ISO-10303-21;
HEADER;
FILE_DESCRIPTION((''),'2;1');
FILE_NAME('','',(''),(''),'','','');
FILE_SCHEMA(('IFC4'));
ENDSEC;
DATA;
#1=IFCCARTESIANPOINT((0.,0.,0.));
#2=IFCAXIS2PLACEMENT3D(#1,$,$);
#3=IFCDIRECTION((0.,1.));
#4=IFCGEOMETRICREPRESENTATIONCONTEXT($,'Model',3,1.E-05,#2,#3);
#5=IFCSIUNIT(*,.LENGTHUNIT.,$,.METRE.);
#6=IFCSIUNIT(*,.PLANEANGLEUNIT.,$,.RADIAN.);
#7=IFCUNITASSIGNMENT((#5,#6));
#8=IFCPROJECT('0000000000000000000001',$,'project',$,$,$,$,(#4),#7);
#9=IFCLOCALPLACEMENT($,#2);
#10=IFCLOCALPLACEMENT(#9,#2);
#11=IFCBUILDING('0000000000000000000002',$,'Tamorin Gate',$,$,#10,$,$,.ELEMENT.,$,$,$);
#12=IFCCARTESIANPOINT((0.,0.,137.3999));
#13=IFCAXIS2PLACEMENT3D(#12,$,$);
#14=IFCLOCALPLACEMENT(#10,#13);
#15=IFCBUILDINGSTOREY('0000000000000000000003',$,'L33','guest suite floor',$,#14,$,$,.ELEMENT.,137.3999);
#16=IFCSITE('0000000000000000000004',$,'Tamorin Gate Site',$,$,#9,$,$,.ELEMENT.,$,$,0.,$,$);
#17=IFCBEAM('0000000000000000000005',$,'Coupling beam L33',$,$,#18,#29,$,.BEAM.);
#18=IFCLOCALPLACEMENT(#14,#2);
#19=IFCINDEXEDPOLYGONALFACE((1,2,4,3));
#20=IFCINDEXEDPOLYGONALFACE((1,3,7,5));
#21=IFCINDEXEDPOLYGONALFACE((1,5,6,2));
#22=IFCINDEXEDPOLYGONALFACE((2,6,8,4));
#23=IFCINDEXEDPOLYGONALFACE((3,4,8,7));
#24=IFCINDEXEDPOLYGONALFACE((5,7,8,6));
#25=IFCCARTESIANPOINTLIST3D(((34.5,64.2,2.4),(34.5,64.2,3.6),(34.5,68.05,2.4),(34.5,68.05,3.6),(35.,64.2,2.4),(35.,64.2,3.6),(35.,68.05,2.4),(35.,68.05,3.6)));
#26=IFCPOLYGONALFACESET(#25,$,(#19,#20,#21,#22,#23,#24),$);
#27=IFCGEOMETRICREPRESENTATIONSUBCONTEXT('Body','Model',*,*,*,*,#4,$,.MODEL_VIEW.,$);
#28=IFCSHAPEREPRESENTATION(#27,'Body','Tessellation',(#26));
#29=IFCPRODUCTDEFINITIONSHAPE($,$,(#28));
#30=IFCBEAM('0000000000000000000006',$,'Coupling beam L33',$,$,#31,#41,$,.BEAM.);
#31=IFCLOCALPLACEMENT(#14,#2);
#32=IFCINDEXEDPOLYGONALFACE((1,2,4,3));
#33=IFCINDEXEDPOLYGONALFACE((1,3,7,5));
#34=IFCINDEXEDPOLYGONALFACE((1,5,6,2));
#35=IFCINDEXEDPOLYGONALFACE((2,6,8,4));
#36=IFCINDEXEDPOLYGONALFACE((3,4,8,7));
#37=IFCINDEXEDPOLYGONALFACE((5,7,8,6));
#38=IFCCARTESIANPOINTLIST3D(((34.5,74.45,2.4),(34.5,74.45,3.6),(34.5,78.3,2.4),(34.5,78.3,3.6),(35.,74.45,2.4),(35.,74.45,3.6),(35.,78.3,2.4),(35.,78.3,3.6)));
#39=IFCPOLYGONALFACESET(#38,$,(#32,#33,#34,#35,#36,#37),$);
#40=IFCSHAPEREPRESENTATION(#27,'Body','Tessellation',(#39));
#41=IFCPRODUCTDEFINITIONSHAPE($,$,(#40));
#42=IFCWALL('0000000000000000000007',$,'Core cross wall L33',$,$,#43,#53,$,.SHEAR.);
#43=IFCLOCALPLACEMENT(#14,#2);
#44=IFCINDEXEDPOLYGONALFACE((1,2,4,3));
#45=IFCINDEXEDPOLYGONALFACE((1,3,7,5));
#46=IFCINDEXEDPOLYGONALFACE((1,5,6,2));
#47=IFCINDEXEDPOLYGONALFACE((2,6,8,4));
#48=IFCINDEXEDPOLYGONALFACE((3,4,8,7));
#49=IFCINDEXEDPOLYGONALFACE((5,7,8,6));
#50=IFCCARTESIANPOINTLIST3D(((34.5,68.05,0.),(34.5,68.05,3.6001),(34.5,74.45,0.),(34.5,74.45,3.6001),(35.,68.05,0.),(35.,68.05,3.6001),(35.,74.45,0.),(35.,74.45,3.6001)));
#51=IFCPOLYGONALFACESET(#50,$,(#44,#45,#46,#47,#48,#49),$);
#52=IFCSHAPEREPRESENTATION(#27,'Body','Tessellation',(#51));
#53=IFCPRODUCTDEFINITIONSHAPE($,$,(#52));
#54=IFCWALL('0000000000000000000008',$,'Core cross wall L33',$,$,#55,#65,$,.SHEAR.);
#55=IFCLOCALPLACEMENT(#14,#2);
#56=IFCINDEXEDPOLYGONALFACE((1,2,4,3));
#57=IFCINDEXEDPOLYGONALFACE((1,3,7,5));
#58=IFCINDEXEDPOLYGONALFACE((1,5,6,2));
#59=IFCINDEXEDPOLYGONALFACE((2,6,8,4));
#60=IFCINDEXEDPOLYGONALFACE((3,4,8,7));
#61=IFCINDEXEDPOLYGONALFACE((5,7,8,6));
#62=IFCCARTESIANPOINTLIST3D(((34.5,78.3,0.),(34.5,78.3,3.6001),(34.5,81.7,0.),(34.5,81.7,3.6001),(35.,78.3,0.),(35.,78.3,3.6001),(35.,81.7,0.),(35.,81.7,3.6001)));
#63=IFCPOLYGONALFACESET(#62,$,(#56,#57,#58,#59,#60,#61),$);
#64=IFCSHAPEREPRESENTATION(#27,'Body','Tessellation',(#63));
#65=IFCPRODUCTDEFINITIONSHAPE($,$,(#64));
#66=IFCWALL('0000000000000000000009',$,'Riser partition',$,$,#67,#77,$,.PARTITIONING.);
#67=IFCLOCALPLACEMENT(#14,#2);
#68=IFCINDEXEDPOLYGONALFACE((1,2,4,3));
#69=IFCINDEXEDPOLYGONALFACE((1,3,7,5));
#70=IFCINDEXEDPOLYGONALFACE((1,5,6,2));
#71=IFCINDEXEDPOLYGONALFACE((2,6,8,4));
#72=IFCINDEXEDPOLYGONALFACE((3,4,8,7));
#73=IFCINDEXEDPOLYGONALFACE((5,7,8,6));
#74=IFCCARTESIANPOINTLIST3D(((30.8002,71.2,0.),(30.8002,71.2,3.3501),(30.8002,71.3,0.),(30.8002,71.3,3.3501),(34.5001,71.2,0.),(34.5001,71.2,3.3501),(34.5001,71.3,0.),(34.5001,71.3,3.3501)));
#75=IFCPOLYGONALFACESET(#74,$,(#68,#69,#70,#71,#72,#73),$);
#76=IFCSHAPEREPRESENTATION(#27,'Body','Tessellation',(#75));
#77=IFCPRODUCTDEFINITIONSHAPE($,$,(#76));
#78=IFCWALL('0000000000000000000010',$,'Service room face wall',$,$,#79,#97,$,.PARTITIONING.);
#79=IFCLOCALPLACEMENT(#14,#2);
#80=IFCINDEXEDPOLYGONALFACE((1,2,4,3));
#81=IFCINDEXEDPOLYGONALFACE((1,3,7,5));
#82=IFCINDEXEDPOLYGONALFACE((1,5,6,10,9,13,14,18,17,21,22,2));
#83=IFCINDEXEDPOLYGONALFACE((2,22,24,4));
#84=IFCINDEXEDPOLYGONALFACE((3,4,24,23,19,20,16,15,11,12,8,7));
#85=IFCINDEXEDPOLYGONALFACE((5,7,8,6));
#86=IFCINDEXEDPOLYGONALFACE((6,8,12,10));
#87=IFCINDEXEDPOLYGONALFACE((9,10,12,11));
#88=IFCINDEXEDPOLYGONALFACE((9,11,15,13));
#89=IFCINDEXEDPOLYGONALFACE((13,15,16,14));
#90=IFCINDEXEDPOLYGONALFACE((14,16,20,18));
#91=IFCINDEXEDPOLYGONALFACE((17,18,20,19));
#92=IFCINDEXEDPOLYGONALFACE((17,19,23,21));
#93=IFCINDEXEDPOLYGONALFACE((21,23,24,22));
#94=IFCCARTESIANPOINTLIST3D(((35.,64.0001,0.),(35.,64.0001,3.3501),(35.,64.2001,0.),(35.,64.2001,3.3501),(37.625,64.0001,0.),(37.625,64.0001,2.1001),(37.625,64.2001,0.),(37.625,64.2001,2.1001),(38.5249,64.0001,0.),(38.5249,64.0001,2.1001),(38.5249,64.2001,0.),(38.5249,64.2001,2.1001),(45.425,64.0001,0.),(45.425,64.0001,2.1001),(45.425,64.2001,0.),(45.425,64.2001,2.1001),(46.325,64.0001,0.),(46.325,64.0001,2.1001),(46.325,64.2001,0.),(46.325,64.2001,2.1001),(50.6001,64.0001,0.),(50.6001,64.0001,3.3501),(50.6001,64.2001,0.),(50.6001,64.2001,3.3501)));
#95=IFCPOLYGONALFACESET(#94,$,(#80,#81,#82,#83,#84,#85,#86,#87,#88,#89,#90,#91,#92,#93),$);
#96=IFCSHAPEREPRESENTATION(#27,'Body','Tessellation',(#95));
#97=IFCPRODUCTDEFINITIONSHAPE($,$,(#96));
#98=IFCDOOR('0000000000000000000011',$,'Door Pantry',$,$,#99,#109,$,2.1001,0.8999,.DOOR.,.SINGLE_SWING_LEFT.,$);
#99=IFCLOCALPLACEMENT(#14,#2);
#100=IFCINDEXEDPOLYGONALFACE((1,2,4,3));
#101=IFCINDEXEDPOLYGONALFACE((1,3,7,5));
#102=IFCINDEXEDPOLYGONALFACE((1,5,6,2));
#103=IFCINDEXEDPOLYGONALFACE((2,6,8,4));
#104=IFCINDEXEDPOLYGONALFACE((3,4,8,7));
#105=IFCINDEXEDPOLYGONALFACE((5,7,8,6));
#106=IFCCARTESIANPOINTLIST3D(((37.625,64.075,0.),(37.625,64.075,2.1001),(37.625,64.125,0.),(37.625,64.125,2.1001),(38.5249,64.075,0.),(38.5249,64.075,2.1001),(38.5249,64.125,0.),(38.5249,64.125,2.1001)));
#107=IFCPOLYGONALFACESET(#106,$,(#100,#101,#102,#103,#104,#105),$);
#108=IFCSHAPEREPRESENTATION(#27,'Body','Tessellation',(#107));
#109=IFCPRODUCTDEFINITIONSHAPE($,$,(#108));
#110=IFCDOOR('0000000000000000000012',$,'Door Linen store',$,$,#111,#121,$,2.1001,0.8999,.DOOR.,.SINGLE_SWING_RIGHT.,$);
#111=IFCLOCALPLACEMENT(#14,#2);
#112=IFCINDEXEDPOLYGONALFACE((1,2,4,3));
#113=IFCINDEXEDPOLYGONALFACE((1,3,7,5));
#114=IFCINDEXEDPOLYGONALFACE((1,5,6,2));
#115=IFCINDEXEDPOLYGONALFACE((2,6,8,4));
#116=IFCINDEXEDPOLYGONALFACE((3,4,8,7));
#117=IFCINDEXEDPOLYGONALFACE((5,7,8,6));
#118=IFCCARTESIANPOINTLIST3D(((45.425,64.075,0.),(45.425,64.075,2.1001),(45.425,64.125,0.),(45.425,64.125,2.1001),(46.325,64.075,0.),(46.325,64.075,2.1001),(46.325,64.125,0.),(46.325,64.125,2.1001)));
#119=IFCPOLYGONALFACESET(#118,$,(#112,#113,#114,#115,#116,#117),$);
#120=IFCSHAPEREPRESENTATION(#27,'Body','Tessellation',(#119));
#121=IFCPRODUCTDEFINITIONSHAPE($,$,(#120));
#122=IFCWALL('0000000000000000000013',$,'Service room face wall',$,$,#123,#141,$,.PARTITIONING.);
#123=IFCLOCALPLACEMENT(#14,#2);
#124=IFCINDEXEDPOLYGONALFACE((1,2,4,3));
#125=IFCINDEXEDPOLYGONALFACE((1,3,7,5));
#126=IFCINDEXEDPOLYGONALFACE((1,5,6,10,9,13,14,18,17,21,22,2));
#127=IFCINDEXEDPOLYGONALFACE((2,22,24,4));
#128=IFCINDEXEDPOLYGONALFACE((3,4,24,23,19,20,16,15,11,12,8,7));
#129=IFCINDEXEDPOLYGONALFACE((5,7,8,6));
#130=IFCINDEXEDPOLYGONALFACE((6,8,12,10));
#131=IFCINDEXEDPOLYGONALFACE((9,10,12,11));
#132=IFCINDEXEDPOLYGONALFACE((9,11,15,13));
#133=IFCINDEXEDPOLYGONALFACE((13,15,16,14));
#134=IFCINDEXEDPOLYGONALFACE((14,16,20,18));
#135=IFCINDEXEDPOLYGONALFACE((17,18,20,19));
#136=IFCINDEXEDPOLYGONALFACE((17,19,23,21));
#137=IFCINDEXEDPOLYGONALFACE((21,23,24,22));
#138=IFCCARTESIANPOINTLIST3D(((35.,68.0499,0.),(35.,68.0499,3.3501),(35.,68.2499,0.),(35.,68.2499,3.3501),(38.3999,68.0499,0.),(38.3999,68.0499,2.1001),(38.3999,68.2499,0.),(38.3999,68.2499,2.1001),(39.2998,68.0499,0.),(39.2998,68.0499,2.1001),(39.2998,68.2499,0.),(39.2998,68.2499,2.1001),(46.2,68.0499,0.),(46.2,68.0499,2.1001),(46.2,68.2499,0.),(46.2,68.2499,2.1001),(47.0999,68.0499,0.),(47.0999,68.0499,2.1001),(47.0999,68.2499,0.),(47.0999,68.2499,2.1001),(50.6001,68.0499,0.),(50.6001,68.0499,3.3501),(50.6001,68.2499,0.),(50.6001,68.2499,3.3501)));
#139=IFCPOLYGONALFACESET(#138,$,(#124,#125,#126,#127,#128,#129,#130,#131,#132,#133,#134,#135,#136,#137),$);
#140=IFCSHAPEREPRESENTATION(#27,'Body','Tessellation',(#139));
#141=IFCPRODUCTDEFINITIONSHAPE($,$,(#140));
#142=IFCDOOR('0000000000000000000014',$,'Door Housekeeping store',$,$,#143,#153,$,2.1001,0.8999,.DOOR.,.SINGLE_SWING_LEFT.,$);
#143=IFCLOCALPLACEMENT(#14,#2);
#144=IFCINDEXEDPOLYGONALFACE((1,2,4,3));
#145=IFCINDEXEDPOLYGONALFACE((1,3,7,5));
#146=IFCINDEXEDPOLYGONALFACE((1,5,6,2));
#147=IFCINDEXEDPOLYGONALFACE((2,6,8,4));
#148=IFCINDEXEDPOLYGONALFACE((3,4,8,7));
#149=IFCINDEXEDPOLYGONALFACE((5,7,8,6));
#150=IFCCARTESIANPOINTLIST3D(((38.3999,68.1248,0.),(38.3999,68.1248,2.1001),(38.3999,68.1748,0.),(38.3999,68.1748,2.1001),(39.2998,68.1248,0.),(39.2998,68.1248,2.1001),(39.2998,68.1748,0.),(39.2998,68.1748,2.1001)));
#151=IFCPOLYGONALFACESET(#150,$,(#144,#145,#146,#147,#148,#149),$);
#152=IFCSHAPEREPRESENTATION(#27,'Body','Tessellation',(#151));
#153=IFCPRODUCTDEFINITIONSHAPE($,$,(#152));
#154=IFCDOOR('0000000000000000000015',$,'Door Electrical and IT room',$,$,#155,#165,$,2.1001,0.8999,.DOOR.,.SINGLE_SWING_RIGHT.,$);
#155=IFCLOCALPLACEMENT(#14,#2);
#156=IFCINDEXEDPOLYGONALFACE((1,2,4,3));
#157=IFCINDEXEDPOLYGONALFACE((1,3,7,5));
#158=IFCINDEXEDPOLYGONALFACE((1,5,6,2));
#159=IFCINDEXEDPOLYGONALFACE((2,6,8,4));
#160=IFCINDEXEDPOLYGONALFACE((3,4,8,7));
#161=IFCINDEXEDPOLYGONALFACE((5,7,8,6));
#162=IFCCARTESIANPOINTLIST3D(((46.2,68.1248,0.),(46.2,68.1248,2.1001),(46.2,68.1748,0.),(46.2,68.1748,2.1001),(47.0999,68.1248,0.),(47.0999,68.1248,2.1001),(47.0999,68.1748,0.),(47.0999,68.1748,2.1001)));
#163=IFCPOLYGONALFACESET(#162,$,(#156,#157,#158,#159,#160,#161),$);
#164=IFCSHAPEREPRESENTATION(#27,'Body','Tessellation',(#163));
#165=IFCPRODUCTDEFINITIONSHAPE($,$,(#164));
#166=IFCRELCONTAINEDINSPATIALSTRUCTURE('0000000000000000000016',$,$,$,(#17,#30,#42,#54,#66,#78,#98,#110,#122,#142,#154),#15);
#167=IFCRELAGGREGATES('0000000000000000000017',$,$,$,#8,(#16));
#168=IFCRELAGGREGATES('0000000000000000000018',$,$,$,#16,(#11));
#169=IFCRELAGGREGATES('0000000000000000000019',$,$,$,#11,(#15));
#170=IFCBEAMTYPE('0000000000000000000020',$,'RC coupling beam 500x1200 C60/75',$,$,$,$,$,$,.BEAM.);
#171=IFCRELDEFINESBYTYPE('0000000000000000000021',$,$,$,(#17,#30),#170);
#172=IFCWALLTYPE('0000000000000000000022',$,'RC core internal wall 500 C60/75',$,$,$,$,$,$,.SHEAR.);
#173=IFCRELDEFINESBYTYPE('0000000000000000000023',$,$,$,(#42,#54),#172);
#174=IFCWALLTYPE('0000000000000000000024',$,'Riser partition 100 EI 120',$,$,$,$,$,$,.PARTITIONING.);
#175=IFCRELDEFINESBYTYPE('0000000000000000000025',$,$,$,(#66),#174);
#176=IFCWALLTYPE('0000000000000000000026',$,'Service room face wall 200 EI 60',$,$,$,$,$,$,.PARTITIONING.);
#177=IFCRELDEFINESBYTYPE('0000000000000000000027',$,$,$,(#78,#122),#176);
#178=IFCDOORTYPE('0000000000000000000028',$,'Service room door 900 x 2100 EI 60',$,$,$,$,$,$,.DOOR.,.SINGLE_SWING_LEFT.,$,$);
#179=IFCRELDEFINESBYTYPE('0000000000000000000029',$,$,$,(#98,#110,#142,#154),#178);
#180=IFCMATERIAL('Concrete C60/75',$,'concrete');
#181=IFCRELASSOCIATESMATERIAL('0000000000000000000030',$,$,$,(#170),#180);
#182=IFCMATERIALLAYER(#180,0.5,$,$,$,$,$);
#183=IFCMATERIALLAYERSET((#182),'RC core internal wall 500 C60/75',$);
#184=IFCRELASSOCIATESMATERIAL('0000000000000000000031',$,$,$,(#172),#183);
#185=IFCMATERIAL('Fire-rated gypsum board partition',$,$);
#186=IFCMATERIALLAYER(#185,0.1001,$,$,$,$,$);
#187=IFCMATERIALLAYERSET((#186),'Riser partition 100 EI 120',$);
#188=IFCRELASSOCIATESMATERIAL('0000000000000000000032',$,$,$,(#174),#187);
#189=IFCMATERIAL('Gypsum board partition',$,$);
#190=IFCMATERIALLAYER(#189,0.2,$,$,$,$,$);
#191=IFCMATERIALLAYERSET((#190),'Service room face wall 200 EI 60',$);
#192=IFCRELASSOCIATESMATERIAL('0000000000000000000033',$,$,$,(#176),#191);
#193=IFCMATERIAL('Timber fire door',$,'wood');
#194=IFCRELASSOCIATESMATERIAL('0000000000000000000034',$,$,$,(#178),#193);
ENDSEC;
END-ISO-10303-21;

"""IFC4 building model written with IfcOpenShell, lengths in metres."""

from ifc_helpers import new_model, si_unit, direction, frame, frame_2d, origin, origin_2d, place, context, subcontext, project, spatial, rectangle, extrude, material, layer, layer_set, material_profile, profile_set, type_object, element, fill, save


model = new_model("IFC4")

# Units and contexts
model_context = context("Model", 3, precision=1e-05, world=origin(), true_north=direction((0.0, 1.0)))
body_context = subcontext(model_context, "Body", "Model", "MODEL_VIEW")
ifc_project = project(units=[si_unit("LENGTHUNIT", "METRE"), si_unit("PLANEANGLEUNIT", "RADIAN")], contexts=[model_context])

# Site, building, storey
site_placement = place(None, origin())
site = spatial("IfcSite", under=ifc_project, at=site_placement, Name="Tamorin Gate Site", CompositionType="ELEMENT", RefElevation=0.0)
building_placement = place(site_placement, origin())
building = spatial("IfcBuilding", under=site, at=building_placement, Name="Tamorin Gate", CompositionType="ELEMENT")
storey_placement = place(building_placement, frame((0.0, 0.0, 137.3999)))
storey = spatial("IfcBuildingStorey", under=building, at=storey_placement, Name="L33", Description="guest suite floor", CompositionType="ELEMENT", Elevation=137.3999)

# Beams
ifc_material_1 = material(Name="Concrete C60/75", Category="concrete")
ifc_material_profile = material_profile(ifc_material_1, rectangle(XDim=0.5, YDim=1.2, at=origin_2d()), Name="RC 500x1200")
ifc_profile_set = profile_set([ifc_material_profile], Name="Concrete C60/75")
beam_type = type_object("IfcBeamType", Name="RC coupling beam 500x1200 C60/75", PredefinedType="BEAM", material=ifc_profile_set)
for number, where, z_axis, x_axis, name in (
    (1, (34.75, 64.2, 3.0), (0.0, 1.0, 0.0), (-1.0, 0.0, 0.0), "Coupling beam L33"),
    (2, (34.75, 74.45, 3.0), (0.0, 1.0, 0.0), (-1.0, 0.0, 0.0), "Coupling beam L33"),
):
    element("IfcBeam", number, at=place(storey_placement, frame(where, z_axis=z_axis, x_axis=x_axis)), inside=storey, type_object=beam_type, Name=name, PredefinedType="BEAM", context=body_context, shape_type="SweptSolid", body=[
        extrude(rectangle(XDim=0.5, YDim=1.2, at=origin_2d()), origin(), (0.0, 0.0, 1.0), 3.8501),
    ])

# Walls
ifc_layer_1 = layer(ifc_material_1, 0.5)
ifc_layer_set_1 = layer_set([ifc_layer_1], Name="RC core internal wall 500 C60/75")
wall_type_1 = type_object("IfcWallType", Name="RC core internal wall 500 C60/75", PredefinedType="SHEAR", material=ifc_layer_set_1)
wall_1_placement = place(storey_placement, frame((34.75, 68.05, 0.0), z_axis=(0.0, 0.0, 1.0), x_axis=(0.0, 1.0, 0.0)))
element("IfcWall", 3, at=wall_1_placement, inside=storey, type_object=wall_type_1, Name="Core cross wall L33", PredefinedType="SHEAR", context=body_context, shape_type="SweptSolid", body=[
    extrude(rectangle(XDim=6.3999, YDim=0.5, at=frame_2d((3.2, 0.0))), origin(), (0.0, 0.0, 1.0), 3.6001),
])
wall_2_placement = place(storey_placement, frame((34.75, 78.3, 0.0), z_axis=(0.0, 0.0, 1.0), x_axis=(0.0, 1.0, 0.0)))
element("IfcWall", 4, at=wall_2_placement, inside=storey, type_object=wall_type_1, Name="Core cross wall L33", PredefinedType="SHEAR", context=body_context, shape_type="SweptSolid", body=[
    extrude(rectangle(XDim=3.3999, YDim=0.5, at=frame_2d((1.7, 0.0))), origin(), (0.0, 0.0, 1.0), 3.6001),
])
ifc_material_2 = material(Name="Fire-rated gypsum board partition")
ifc_layer_2 = layer(ifc_material_2, 0.1001)
ifc_layer_set_2 = layer_set([ifc_layer_2], Name="Riser partition 100 EI 120")
wall_type_2 = type_object("IfcWallType", Name="Riser partition 100 EI 120", PredefinedType="PARTITIONING", material=ifc_layer_set_2)
wall_3_placement = place(storey_placement, frame((30.8, 71.25, 0.0), z_axis=(0.0, 0.0, 1.0), x_axis=(1.0, 0.0, 0.0)))
element("IfcWall", 5, at=wall_3_placement, inside=storey, type_object=wall_type_2, Name="Riser partition", PredefinedType="PARTITIONING", context=body_context, shape_type="SweptSolid", body=[
    extrude(rectangle(XDim=3.7, YDim=0.1001, at=frame_2d((1.8501, 0.0))), origin(), (0.0, 0.0, 1.0), 3.3501),
])

# Walls, openings, doors
ifc_material_3 = material(Name="Gypsum board partition")
ifc_layer_3 = layer(ifc_material_3, 0.2)
ifc_layer_set_3 = layer_set([ifc_layer_3], Name="Service room face wall 200 EI 60")
wall_type_3 = type_object("IfcWallType", Name="Service room face wall 200 EI 60", PredefinedType="PARTITIONING", material=ifc_layer_set_3)
wall_4_placement = place(storey_placement, frame((35.0, 64.1001, 0.0), z_axis=(0.0, 0.0, 1.0), x_axis=(1.0, 0.0, 0.0)))
wall_4 = element("IfcWall", 6, at=wall_4_placement, inside=storey, type_object=wall_type_3, Name="Service room face wall", PredefinedType="PARTITIONING", context=body_context, shape_type="SweptSolid", body=[
    extrude(rectangle(XDim=15.6001, YDim=0.2, at=frame_2d((7.8, 0.0))), origin(), (0.0, 0.0, 1.0), 3.3501),
])
opening_1_placement = place(wall_4_placement, frame((2.625, 0.0, 0.0)))
opening_1 = element("IfcOpeningElement", 7, at=opening_1_placement, cuts=wall_4, PredefinedType="OPENING", context=body_context, shape_type="SweptSolid", body=[
    extrude(rectangle(XDim=0.8999, YDim=2.1001, at=frame_2d((0.45, 1.05))), frame((0.0, 0.1099, 0.0), z_axis=(0.0, -1.0, 0.0), x_axis=(1.0, 0.0, 0.0)), (0.0, 0.0, 1.0), 0.22),
])
opening_2_placement = place(wall_4_placement, frame((10.425, 0.0, 0.0)))
opening_2 = element("IfcOpeningElement", 8, at=opening_2_placement, cuts=wall_4, PredefinedType="OPENING", context=body_context, shape_type="SweptSolid", body=[
    extrude(rectangle(XDim=0.8999, YDim=2.1001, at=frame_2d((0.45, 1.05))), frame((0.0, 0.1099, 0.0), z_axis=(0.0, -1.0, 0.0), x_axis=(1.0, 0.0, 0.0)), (0.0, 0.0, 1.0), 0.22),
])
ifc_material_4 = material(Name="Timber fire door", Category="wood")
door_type_1 = type_object("IfcDoorType", Name="Service room door 900 x 2100 EI 60", OperationType="SINGLE_SWING_LEFT", PredefinedType="DOOR", material=ifc_material_4)
door_1_placement = place(opening_1_placement, origin())
door_1 = element("IfcDoor", 9, at=door_1_placement, inside=storey, type_object=door_type_1, Name="Door Pantry", OperationType="SINGLE_SWING_LEFT", OverallHeight=2.1001, OverallWidth=0.8999, PredefinedType="DOOR", context=body_context, shape_type="SweptSolid", body=[
    extrude(rectangle(XDim=0.8999, YDim=2.1001, at=frame_2d((0.45, 1.05))), frame((0.0, 0.0249, 0.0), z_axis=(0.0, -1.0, 0.0), x_axis=(1.0, 0.0, 0.0)), (0.0, 0.0, 1.0), 0.05),
])
fill(opening_1, door_1)
door_2_placement = place(opening_2_placement, origin())
door_2 = element("IfcDoor", 10, at=door_2_placement, inside=storey, type_object=door_type_1, Name="Door Linen store", OperationType="SINGLE_SWING_RIGHT", OverallHeight=2.1001, OverallWidth=0.8999, PredefinedType="DOOR", context=body_context, shape_type="SweptSolid", body=[
    extrude(rectangle(XDim=0.8999, YDim=2.1001, at=frame_2d((0.45, 1.05))), frame((0.0, 0.0249, 0.0), z_axis=(0.0, -1.0, 0.0), x_axis=(1.0, 0.0, 0.0)), (0.0, 0.0, 1.0), 0.05),
])
fill(opening_2, door_2)
wall_5_placement = place(storey_placement, frame((35.0, 68.1499, 0.0), z_axis=(0.0, 0.0, 1.0), x_axis=(1.0, 0.0, 0.0)))
wall_5 = element("IfcWall", 11, at=wall_5_placement, inside=storey, type_object=wall_type_3, Name="Service room face wall", PredefinedType="PARTITIONING", context=body_context, shape_type="SweptSolid", body=[
    extrude(rectangle(XDim=15.6001, YDim=0.2, at=frame_2d((7.8, 0.0))), origin(), (0.0, 0.0, 1.0), 3.3501),
])
opening_3_placement = place(wall_5_placement, frame((3.3999, 0.0, 0.0)))
opening_3 = element("IfcOpeningElement", 12, at=opening_3_placement, cuts=wall_5, PredefinedType="OPENING", context=body_context, shape_type="SweptSolid", body=[
    extrude(rectangle(XDim=0.8999, YDim=2.1001, at=frame_2d((0.45, 1.05))), frame((0.0, 0.1099, 0.0), z_axis=(0.0, -1.0, 0.0), x_axis=(1.0, 0.0, 0.0)), (0.0, 0.0, 1.0), 0.22),
])
opening_4_placement = place(wall_5_placement, frame((11.2, 0.0, 0.0)))
opening_4 = element("IfcOpeningElement", 13, at=opening_4_placement, cuts=wall_5, PredefinedType="OPENING", context=body_context, shape_type="SweptSolid", body=[
    extrude(rectangle(XDim=0.8999, YDim=2.1001, at=frame_2d((0.45, 1.05))), frame((0.0, 0.1099, 0.0), z_axis=(0.0, -1.0, 0.0), x_axis=(1.0, 0.0, 0.0)), (0.0, 0.0, 1.0), 0.22),
])
door_3_placement = place(opening_3_placement, origin())
door_3 = element("IfcDoor", 14, at=door_3_placement, inside=storey, type_object=door_type_1, Name="Door Housekeeping store", OperationType="SINGLE_SWING_LEFT", OverallHeight=2.1001, OverallWidth=0.8999, PredefinedType="DOOR", context=body_context, shape_type="SweptSolid", body=[
    extrude(rectangle(XDim=0.8999, YDim=2.1001, at=frame_2d((0.45, 1.05))), frame((0.0, 0.0249, 0.0), z_axis=(0.0, -1.0, 0.0), x_axis=(1.0, 0.0, 0.0)), (0.0, 0.0, 1.0), 0.05),
])
fill(opening_3, door_3)
door_4_placement = place(opening_4_placement, origin())
door_4 = element("IfcDoor", 15, at=door_4_placement, inside=storey, type_object=door_type_1, Name="Door Electrical and IT room", OperationType="SINGLE_SWING_RIGHT", OverallHeight=2.1001, OverallWidth=0.8999, PredefinedType="DOOR", context=body_context, shape_type="SweptSolid", body=[
    extrude(rectangle(XDim=0.8999, YDim=2.1001, at=frame_2d((0.45, 1.05))), frame((0.0, 0.0249, 0.0), z_axis=(0.0, -1.0, 0.0), x_axis=(1.0, 0.0, 0.0)), (0.0, 0.0, 1.0), 0.05),
])
fill(opening_4, door_4)

save(model, "model.ifc")
